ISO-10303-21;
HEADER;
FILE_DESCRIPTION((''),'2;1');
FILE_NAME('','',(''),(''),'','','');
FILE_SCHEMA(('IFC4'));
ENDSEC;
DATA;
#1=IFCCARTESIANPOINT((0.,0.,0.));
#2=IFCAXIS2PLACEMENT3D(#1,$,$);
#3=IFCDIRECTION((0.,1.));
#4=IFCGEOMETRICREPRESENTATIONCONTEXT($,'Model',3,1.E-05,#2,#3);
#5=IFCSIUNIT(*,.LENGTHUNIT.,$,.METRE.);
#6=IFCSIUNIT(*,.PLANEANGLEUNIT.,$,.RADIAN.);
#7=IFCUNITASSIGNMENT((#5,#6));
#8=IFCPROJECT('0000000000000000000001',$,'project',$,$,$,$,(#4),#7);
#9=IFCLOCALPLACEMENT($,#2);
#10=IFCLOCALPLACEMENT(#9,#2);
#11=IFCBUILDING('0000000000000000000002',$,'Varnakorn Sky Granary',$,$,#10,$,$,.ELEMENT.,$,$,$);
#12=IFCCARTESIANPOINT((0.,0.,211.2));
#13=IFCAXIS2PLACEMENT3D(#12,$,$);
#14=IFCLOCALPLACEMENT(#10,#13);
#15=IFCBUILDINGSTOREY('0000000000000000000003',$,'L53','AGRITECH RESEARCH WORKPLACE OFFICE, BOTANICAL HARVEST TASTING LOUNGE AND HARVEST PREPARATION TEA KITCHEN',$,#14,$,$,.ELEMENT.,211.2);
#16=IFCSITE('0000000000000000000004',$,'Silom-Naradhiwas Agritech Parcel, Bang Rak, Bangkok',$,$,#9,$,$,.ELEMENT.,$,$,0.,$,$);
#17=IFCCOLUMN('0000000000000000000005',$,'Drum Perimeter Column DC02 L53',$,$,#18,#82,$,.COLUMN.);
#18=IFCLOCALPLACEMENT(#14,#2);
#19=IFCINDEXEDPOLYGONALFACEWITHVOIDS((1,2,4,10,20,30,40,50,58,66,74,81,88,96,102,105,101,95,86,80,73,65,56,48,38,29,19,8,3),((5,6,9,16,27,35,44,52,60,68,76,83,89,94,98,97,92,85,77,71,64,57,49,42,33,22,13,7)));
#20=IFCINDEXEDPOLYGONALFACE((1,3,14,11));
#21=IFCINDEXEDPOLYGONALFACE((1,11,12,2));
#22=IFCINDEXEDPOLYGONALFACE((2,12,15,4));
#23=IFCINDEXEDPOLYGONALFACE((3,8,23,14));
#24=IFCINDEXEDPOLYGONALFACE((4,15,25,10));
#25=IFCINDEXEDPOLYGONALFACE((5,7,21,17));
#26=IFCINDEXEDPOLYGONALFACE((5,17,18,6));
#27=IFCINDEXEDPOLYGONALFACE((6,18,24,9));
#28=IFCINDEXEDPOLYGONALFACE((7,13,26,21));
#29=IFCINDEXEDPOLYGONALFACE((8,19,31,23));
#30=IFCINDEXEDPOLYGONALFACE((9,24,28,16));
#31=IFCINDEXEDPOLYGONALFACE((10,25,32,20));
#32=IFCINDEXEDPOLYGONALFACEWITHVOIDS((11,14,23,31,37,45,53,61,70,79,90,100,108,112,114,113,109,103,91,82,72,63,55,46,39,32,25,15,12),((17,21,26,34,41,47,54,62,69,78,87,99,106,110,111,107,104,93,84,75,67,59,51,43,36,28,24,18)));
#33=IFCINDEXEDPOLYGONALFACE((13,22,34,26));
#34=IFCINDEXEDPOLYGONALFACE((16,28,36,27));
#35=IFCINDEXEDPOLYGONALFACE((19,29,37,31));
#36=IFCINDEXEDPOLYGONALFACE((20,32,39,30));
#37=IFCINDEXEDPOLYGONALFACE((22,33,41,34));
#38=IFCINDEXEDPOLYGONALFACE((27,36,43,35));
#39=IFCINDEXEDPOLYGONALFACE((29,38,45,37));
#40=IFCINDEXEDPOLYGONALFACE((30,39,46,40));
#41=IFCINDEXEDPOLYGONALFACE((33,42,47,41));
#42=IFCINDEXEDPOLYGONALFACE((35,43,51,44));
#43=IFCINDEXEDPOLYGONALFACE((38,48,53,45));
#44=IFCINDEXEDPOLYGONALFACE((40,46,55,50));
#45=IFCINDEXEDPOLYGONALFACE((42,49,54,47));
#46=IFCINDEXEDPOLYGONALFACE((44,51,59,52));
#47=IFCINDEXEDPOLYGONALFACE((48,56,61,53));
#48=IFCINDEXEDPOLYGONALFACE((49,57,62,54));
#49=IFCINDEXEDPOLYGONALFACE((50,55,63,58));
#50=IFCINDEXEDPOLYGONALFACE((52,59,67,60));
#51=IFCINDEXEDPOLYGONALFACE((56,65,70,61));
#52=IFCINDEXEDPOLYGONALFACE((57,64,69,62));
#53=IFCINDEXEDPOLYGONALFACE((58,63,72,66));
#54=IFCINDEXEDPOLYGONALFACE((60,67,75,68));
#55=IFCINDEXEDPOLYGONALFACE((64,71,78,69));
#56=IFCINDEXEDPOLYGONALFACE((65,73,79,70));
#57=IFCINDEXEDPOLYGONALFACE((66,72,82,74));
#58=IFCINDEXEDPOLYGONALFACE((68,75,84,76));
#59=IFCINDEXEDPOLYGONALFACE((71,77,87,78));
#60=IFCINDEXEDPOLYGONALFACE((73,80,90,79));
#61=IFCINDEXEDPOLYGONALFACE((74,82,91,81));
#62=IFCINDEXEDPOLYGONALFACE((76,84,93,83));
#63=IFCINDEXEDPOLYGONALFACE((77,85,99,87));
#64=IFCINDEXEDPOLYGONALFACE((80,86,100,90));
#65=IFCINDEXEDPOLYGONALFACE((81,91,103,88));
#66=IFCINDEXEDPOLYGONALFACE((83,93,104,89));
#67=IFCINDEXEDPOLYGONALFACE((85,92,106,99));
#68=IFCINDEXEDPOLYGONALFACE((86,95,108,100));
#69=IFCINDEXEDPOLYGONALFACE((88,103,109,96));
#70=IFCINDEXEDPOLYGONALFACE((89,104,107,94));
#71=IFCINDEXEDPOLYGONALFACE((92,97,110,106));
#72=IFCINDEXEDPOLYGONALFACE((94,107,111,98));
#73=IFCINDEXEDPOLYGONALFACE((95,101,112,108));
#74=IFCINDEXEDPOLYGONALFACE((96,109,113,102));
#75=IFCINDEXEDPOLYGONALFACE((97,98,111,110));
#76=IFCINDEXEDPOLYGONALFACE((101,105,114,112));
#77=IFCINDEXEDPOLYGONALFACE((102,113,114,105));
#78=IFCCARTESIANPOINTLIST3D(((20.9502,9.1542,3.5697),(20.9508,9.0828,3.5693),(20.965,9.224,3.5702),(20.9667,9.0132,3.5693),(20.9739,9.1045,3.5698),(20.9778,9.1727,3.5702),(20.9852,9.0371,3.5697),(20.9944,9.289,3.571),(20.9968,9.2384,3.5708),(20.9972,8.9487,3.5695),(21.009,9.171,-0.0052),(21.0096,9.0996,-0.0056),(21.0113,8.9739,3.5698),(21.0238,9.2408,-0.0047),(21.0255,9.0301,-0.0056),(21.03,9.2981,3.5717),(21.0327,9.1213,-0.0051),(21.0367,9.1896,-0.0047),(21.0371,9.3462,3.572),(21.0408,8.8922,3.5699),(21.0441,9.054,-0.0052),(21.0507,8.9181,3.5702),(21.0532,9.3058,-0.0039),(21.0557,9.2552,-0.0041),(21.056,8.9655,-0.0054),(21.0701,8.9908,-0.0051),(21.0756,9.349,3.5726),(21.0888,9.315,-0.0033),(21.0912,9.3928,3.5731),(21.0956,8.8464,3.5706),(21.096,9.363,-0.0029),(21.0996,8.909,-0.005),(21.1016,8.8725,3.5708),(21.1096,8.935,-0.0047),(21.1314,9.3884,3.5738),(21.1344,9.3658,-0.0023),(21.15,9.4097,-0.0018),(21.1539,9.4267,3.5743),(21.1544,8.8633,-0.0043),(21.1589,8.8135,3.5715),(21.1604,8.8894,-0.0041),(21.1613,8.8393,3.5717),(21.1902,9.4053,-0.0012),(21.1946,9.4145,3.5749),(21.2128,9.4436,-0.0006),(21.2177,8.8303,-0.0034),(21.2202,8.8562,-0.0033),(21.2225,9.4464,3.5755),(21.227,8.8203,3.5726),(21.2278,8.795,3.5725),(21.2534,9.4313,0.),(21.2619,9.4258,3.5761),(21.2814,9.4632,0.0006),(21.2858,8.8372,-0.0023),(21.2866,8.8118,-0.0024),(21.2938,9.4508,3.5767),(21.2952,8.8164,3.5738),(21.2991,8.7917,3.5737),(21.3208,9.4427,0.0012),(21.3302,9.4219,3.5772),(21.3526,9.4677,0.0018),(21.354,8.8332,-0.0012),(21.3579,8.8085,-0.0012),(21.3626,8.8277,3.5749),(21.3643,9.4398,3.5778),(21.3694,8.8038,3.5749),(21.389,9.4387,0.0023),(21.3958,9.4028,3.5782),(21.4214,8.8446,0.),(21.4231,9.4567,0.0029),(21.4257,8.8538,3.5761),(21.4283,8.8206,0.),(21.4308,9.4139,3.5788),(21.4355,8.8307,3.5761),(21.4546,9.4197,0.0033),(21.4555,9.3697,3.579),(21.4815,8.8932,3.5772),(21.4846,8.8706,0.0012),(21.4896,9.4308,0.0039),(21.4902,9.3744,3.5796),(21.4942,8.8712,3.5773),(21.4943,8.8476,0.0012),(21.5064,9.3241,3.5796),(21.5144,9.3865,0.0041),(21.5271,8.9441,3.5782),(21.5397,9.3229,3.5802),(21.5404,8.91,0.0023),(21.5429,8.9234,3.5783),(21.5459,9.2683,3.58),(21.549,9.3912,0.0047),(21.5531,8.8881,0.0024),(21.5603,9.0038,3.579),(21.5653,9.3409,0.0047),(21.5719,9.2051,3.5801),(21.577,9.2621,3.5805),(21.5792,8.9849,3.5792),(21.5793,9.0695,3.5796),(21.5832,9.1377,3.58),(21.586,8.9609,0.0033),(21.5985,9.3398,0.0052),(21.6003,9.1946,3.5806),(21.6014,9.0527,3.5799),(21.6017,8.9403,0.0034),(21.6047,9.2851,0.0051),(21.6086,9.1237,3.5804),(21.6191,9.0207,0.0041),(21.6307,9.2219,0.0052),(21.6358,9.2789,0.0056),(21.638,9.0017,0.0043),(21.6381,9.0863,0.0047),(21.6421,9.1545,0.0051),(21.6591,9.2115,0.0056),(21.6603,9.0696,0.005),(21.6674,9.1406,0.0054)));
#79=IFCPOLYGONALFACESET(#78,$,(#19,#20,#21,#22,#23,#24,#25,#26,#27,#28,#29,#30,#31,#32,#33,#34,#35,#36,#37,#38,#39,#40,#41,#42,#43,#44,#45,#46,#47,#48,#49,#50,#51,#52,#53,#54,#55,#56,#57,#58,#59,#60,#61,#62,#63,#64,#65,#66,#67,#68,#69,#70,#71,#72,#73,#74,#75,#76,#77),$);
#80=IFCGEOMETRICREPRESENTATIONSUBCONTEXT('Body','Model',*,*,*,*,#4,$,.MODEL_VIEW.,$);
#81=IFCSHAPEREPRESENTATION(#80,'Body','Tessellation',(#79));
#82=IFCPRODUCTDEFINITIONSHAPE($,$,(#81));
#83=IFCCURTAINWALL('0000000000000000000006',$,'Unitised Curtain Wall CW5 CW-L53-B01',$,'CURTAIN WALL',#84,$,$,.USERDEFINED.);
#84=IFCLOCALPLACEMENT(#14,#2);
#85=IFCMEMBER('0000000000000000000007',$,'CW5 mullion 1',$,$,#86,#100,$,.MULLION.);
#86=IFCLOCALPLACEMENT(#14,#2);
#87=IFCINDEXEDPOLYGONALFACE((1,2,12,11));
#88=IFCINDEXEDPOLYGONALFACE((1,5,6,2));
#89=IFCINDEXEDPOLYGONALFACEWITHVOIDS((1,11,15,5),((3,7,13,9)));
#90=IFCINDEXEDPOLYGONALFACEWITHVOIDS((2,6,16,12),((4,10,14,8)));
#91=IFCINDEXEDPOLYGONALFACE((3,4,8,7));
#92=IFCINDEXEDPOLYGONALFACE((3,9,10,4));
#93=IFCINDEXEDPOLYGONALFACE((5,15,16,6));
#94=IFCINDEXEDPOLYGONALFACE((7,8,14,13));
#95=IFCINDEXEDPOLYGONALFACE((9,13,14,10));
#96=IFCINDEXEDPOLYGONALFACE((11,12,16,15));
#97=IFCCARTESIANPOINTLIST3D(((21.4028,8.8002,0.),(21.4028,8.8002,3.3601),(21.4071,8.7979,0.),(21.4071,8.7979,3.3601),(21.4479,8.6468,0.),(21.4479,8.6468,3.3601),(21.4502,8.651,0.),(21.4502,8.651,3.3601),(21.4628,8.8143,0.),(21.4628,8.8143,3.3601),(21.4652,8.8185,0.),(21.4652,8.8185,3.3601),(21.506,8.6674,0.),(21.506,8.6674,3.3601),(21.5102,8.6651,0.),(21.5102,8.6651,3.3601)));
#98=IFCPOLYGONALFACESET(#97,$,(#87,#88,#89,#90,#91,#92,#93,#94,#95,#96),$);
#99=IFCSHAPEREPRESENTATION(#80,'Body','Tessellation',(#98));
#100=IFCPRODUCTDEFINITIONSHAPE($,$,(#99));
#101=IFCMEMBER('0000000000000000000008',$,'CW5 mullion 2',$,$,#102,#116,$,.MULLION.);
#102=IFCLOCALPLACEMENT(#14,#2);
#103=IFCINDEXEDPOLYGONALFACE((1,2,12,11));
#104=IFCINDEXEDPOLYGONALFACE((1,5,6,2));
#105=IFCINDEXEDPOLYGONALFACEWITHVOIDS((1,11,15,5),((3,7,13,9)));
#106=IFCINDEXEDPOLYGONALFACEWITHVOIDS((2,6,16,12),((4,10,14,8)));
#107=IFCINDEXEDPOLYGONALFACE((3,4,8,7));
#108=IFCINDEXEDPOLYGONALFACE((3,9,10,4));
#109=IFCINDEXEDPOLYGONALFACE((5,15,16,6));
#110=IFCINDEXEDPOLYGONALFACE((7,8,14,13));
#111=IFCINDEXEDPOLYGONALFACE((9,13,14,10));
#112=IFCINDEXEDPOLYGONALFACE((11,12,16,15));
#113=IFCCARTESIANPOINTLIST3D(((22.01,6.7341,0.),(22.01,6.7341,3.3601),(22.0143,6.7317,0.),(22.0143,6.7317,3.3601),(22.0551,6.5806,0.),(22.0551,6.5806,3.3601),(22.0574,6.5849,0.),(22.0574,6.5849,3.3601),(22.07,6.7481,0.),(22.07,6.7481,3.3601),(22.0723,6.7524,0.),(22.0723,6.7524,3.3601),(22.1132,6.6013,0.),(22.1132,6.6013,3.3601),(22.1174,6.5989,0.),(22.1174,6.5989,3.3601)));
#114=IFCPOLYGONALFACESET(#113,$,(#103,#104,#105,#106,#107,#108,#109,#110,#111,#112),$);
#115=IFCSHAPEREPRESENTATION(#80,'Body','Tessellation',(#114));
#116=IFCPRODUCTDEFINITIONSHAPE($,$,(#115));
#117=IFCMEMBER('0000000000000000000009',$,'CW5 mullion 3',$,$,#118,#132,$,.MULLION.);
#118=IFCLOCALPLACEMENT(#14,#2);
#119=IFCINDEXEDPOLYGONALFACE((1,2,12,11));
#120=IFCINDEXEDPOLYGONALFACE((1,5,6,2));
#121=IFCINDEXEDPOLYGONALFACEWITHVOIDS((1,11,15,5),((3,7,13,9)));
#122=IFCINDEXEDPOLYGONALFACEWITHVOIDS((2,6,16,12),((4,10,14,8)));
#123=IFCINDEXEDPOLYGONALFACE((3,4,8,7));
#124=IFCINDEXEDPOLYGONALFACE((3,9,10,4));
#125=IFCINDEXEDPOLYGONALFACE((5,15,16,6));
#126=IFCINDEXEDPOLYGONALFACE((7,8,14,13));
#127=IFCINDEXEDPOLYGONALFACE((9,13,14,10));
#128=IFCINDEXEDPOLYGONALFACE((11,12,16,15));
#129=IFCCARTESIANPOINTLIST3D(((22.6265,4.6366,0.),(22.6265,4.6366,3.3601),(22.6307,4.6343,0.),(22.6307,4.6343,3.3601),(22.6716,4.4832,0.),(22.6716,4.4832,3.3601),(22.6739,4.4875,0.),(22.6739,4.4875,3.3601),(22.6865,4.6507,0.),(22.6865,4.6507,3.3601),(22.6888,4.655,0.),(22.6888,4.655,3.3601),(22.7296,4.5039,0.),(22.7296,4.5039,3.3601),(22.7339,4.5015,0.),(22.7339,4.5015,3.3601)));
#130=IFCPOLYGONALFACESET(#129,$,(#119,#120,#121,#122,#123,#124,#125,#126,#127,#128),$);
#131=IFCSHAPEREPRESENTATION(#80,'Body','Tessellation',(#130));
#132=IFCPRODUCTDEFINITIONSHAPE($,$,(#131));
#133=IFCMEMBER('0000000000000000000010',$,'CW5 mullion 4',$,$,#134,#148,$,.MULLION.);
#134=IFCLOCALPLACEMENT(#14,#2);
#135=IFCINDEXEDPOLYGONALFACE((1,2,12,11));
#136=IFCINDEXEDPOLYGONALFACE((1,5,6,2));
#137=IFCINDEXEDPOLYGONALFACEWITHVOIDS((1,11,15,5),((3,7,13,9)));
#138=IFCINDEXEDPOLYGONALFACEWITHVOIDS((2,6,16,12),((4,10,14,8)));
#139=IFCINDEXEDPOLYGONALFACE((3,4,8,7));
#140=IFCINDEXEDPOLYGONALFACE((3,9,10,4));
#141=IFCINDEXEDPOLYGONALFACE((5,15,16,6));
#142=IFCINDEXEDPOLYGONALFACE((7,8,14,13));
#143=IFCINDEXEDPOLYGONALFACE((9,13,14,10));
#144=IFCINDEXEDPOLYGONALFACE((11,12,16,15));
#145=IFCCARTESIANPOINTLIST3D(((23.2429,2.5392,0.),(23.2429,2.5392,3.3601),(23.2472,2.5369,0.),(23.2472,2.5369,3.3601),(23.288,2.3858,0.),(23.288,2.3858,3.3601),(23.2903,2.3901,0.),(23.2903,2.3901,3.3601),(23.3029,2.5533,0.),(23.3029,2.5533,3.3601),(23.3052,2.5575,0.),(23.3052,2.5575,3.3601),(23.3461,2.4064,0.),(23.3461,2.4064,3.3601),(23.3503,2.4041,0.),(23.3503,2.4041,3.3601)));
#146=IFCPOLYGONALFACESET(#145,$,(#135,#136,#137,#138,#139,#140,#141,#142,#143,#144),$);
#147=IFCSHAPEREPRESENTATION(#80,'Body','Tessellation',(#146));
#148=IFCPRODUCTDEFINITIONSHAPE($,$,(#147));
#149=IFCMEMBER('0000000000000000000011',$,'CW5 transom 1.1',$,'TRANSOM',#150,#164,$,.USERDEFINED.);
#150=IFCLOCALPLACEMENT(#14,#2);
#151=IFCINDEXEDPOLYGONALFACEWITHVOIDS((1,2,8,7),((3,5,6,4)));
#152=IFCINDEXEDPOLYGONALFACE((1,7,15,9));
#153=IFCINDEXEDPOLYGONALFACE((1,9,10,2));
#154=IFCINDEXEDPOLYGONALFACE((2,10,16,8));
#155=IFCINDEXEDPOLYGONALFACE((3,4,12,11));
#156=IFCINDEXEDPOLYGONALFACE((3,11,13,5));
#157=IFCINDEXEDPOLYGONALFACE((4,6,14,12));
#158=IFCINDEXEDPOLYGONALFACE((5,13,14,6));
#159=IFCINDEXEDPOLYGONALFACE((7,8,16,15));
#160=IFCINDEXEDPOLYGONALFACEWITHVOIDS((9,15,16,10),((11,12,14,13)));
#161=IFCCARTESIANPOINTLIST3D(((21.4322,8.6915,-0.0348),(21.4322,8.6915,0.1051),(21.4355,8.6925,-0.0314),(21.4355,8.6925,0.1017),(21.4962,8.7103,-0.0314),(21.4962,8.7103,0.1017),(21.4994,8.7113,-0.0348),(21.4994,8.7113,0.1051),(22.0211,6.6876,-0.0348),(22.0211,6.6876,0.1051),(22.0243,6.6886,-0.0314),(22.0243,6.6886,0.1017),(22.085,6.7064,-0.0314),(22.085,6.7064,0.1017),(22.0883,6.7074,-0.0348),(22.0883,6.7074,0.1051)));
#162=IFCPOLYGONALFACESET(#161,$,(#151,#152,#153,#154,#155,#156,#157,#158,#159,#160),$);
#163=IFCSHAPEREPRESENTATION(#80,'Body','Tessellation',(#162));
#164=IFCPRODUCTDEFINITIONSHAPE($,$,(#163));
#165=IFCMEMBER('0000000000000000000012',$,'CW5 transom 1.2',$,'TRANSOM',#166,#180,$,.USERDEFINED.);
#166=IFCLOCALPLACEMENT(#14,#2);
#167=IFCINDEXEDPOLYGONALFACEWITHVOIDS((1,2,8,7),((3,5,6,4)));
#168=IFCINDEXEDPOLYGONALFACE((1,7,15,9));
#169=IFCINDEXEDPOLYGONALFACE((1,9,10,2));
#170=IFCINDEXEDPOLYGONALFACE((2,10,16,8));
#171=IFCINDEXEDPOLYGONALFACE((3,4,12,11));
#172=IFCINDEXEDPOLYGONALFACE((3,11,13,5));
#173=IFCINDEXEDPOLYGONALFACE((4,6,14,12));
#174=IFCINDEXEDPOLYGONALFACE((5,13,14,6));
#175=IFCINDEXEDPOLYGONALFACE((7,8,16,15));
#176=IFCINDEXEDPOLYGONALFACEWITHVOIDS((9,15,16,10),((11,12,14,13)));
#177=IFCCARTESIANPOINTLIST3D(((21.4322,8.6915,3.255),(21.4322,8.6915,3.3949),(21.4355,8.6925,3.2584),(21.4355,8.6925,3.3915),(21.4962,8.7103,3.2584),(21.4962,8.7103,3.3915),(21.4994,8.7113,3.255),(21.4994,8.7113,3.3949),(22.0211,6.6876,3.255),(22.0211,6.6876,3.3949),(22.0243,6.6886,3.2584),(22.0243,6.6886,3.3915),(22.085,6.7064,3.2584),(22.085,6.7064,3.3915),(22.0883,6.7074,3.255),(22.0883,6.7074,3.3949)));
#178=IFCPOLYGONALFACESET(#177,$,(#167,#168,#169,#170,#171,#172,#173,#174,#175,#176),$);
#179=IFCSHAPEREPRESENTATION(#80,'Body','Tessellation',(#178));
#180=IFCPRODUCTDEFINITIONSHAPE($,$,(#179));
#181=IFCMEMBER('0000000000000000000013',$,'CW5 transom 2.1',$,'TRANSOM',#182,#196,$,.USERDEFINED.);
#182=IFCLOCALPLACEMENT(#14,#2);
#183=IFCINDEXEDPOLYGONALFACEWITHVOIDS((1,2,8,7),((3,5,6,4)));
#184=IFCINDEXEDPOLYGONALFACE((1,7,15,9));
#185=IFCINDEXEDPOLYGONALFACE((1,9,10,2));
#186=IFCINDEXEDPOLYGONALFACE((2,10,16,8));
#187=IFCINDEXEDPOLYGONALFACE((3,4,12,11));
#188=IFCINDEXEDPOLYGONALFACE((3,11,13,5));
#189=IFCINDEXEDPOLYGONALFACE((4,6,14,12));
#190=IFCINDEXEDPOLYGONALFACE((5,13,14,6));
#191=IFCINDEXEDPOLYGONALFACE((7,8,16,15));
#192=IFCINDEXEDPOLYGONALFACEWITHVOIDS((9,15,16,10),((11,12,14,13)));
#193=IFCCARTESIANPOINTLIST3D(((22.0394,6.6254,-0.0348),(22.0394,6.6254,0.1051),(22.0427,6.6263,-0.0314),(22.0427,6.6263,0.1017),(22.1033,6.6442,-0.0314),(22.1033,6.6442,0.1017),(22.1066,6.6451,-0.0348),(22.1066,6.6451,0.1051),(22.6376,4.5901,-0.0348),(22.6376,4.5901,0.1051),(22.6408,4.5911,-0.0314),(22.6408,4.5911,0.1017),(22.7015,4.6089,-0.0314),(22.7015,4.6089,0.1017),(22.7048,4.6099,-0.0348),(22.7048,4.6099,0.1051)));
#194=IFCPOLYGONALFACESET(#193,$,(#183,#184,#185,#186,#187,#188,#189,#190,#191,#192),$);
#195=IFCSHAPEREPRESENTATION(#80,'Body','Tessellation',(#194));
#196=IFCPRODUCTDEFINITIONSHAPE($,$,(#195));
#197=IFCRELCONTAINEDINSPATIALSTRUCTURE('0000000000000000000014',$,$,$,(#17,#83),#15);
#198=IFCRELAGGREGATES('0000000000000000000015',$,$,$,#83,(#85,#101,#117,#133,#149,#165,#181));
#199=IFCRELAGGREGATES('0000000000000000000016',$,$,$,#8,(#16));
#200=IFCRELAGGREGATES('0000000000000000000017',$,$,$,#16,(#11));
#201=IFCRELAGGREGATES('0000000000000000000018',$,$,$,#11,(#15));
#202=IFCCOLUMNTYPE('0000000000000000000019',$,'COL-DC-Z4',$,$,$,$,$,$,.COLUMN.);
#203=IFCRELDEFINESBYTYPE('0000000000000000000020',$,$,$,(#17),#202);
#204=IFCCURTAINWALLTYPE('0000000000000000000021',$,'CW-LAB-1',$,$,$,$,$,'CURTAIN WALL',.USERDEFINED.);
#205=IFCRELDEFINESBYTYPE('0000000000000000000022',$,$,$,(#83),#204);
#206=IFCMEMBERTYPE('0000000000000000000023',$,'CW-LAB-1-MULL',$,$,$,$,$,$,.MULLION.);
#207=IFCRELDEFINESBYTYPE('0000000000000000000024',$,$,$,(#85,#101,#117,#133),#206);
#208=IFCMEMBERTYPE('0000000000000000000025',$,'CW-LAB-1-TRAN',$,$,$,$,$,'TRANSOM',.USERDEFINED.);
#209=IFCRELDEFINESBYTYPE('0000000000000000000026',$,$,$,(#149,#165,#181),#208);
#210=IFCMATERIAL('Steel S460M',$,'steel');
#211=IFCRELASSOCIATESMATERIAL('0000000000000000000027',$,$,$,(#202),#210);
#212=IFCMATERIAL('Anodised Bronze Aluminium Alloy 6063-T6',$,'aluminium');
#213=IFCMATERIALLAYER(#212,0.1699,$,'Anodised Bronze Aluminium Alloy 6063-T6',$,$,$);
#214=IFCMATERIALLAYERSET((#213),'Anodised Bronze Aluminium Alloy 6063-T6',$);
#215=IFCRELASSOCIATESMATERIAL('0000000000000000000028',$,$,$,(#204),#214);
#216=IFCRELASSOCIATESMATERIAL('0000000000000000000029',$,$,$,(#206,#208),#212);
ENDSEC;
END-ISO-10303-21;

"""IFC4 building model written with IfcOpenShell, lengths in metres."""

from ifc_helpers import new_model, si_unit, direction, frame, origin, origin_2d, place, context, subcontext, project, spatial, hollow_rectangle, hollow_circle, extrude, material, layer, layer_set, material_profile, profile_set, type_object, element, aggregate, save


model = new_model("IFC4")

# Units and contexts
model_context = context("Model", 3, precision=1e-05, world=origin(), true_north=direction((0.0, 1.0)))
body_context = subcontext(model_context, "Body", "Model", "MODEL_VIEW")
ifc_project = project(units=[si_unit("LENGTHUNIT", "METRE"), si_unit("PLANEANGLEUNIT", "RADIAN")], contexts=[model_context])

# Site, building, storey
site_placement = place(None, origin())
site = spatial("IfcSite", under=ifc_project, at=site_placement, Name="Silom-Naradhiwas Agritech Parcel, Bang Rak, Bangkok", CompositionType="ELEMENT", RefElevation=0.0)
building_placement = place(site_placement, origin())
building = spatial("IfcBuilding", under=site, at=building_placement, Name="Varnakorn Sky Granary", CompositionType="ELEMENT")
storey_placement = place(building_placement, frame((0.0, 0.0, 211.2)))
storey = spatial("IfcBuildingStorey", under=building, at=storey_placement, Name="L53", Description="AGRITECH RESEARCH WORKPLACE OFFICE, BOTANICAL HARVEST TASTING LOUNGE AND HARVEST PREPARATION TEA KITCHEN", CompositionType="ELEMENT", Elevation=211.2)

# Column
ifc_material_1 = material(Name="Steel S460M", Category="steel")
ifc_material_profile_1 = material_profile(ifc_material_1, hollow_circle(Radius=0.3301, WallThickness=0.0249, at=origin_2d()), Name="CHS 660x25")
ifc_profile_set_1 = profile_set([ifc_material_profile_1], Name="Steel S460M")
column_type = type_object("IfcColumnType", Name="COL-DC-Z4", PredefinedType="COLUMN", material=ifc_profile_set_1)
column_placement = place(storey_placement, frame((21.3374, 9.1379, 0.0), z_axis=(-0.016456, -0.004711, 0.999853), x_axis=(0.275248, -0.961373, 0.0)))
element("IfcColumn", 1, at=column_placement, inside=storey, type_object=column_type, Name="Drum Perimeter Column DC02 L53", PredefinedType="COLUMN", context=body_context, shape_type="SweptSolid", body=[
    extrude(hollow_circle(Radius=0.3301, WallThickness=0.0249, at=origin_2d()), origin(), (0.0, 0.0, 1.0), 3.5754),
])

# Curtain wall, members
ifc_material_2 = material(Name="Anodised Bronze Aluminium Alloy 6063-T6", Category="aluminium")
ifc_layer_1 = layer(ifc_material_2, 0.1699, Name="Anodised Bronze Aluminium Alloy 6063-T6")
ifc_layer_set_1 = layer_set([ifc_layer_1], Name="Anodised Bronze Aluminium Alloy 6063-T6")
curtain_wall_type = type_object("IfcCurtainWallType", Name="CW-LAB-1", ElementType="CURTAIN WALL", PredefinedType="USERDEFINED", material=ifc_layer_set_1)
curtain_wall_placement = place(storey_placement, origin())
curtain_wall = element("IfcCurtainWall", 2, at=curtain_wall_placement, inside=storey, type_object=curtain_wall_type, Name="Unitised Curtain Wall CW5 CW-L53-B01", ObjectType="CURTAIN WALL", PredefinedType="USERDEFINED")
ifc_material_profile_2 = material_profile(ifc_material_2, hollow_rectangle(XDim=0.0649, YDim=0.1599, WallThickness=0.0034, at=origin_2d()), Name="ALU MULL 65x160")
ifc_profile_set_2 = profile_set([ifc_material_profile_2], Name="Anodised Bronze Aluminium Alloy 6063-T6")
member_type_1 = type_object("IfcMemberType", Name="CW-LAB-1-MULL", PredefinedType="MULLION", material=ifc_profile_set_2)
member_1_placement = place(storey_placement, frame((21.4565, 8.7327, 0.0), z_axis=(0.0, 0.0, 1.0), x_axis=(0.959425, 0.281963, 0.0)))
member_1 = element("IfcMember", 3, at=member_1_placement, type_object=member_type_1, Name="CW5 mullion 1", PredefinedType="MULLION", context=body_context, shape_type="SweptSolid", body=[
    extrude(hollow_rectangle(XDim=0.0649, YDim=0.1599, WallThickness=0.0034, at=origin_2d()), origin(), (0.0, 0.0, 1.0), 3.3601),
])
member_2_placement = place(storey_placement, frame((22.0637, 6.6665, 0.0), z_axis=(0.0, 0.0, 1.0), x_axis=(0.959425, 0.281963, 0.0)))
member_2 = element("IfcMember", 4, at=member_2_placement, type_object=member_type_1, Name="CW5 mullion 2", PredefinedType="MULLION", context=body_context, shape_type="SweptSolid", body=[
    extrude(hollow_rectangle(XDim=0.0649, YDim=0.1599, WallThickness=0.0034, at=origin_2d()), origin(), (0.0, 0.0, 1.0), 3.3601),
])
member_3_placement = place(storey_placement, frame((22.6802, 4.5691, 0.0), z_axis=(0.0, 0.0, 1.0), x_axis=(0.959425, 0.281963, 0.0)))
member_3 = element("IfcMember", 5, at=member_3_placement, type_object=member_type_1, Name="CW5 mullion 3", PredefinedType="MULLION", context=body_context, shape_type="SweptSolid", body=[
    extrude(hollow_rectangle(XDim=0.0649, YDim=0.1599, WallThickness=0.0034, at=origin_2d()), origin(), (0.0, 0.0, 1.0), 3.3601),
])
member_4_placement = place(storey_placement, frame((23.2966, 2.4717, 0.0), z_axis=(0.0, 0.0, 1.0), x_axis=(0.959425, 0.281963, 0.0)))
member_4 = element("IfcMember", 6, at=member_4_placement, type_object=member_type_1, Name="CW5 mullion 4", PredefinedType="MULLION", context=body_context, shape_type="SweptSolid", body=[
    extrude(hollow_rectangle(XDim=0.0649, YDim=0.1599, WallThickness=0.0034, at=origin_2d()), origin(), (0.0, 0.0, 1.0), 3.3601),
])
ifc_material_profile_3 = material_profile(ifc_material_2, hollow_rectangle(XDim=0.0701, YDim=0.1399, WallThickness=0.0034, at=origin_2d()), Name="ALU TRAN 70x140")
ifc_profile_set_3 = profile_set([ifc_material_profile_3], Name="Anodised Bronze Aluminium Alloy 6063-T6")
member_type_2 = type_object("IfcMemberType", Name="CW-LAB-1-TRAN", ElementType="TRANSOM", PredefinedType="USERDEFINED", material=ifc_profile_set_3)
member_5_placement = place(storey_placement, frame((21.4658, 8.7014, 0.0352), z_axis=(0.281938, -0.959432, 0.0), x_axis=(0.959432, 0.281938, 0.0)))
member_5 = element("IfcMember", 7, at=member_5_placement, type_object=member_type_2, Name="CW5 transom 1.1", ObjectType="TRANSOM", PredefinedType="USERDEFINED", context=body_context, shape_type="SweptSolid", body=[
    extrude(hollow_rectangle(XDim=0.0701, YDim=0.1399, WallThickness=0.0034, at=origin_2d()), origin(), (0.0, 0.0, 1.0), 2.0886),
])
member_6_placement = place(storey_placement, frame((21.4658, 8.7014, 3.325), z_axis=(0.281938, -0.959432, 0.0), x_axis=(0.959432, 0.281938, 0.0)))
member_6 = element("IfcMember", 8, at=member_6_placement, type_object=member_type_2, Name="CW5 transom 1.2", ObjectType="TRANSOM", PredefinedType="USERDEFINED", context=body_context, shape_type="SweptSolid", body=[
    extrude(hollow_rectangle(XDim=0.0701, YDim=0.1399, WallThickness=0.0034, at=origin_2d()), origin(), (0.0, 0.0, 1.0), 2.0886),
])
member_7_placement = place(storey_placement, frame((22.073, 6.6353, 0.0352), z_axis=(0.281979, -0.95942, 0.0), x_axis=(0.95942, 0.281979, 0.0)))
member_7 = element("IfcMember", 9, at=member_7_placement, type_object=member_type_2, Name="CW5 transom 2.1", ObjectType="TRANSOM", PredefinedType="USERDEFINED", context=body_context, shape_type="SweptSolid", body=[
    extrude(hollow_rectangle(XDim=0.0701, YDim=0.1399, WallThickness=0.0034, at=origin_2d()), origin(), (0.0, 0.0, 1.0), 2.1213),
])

aggregate(curtain_wall, [member_1, member_2, member_3, member_4, member_5, member_6, member_7])

save(model, "model.ifc")
